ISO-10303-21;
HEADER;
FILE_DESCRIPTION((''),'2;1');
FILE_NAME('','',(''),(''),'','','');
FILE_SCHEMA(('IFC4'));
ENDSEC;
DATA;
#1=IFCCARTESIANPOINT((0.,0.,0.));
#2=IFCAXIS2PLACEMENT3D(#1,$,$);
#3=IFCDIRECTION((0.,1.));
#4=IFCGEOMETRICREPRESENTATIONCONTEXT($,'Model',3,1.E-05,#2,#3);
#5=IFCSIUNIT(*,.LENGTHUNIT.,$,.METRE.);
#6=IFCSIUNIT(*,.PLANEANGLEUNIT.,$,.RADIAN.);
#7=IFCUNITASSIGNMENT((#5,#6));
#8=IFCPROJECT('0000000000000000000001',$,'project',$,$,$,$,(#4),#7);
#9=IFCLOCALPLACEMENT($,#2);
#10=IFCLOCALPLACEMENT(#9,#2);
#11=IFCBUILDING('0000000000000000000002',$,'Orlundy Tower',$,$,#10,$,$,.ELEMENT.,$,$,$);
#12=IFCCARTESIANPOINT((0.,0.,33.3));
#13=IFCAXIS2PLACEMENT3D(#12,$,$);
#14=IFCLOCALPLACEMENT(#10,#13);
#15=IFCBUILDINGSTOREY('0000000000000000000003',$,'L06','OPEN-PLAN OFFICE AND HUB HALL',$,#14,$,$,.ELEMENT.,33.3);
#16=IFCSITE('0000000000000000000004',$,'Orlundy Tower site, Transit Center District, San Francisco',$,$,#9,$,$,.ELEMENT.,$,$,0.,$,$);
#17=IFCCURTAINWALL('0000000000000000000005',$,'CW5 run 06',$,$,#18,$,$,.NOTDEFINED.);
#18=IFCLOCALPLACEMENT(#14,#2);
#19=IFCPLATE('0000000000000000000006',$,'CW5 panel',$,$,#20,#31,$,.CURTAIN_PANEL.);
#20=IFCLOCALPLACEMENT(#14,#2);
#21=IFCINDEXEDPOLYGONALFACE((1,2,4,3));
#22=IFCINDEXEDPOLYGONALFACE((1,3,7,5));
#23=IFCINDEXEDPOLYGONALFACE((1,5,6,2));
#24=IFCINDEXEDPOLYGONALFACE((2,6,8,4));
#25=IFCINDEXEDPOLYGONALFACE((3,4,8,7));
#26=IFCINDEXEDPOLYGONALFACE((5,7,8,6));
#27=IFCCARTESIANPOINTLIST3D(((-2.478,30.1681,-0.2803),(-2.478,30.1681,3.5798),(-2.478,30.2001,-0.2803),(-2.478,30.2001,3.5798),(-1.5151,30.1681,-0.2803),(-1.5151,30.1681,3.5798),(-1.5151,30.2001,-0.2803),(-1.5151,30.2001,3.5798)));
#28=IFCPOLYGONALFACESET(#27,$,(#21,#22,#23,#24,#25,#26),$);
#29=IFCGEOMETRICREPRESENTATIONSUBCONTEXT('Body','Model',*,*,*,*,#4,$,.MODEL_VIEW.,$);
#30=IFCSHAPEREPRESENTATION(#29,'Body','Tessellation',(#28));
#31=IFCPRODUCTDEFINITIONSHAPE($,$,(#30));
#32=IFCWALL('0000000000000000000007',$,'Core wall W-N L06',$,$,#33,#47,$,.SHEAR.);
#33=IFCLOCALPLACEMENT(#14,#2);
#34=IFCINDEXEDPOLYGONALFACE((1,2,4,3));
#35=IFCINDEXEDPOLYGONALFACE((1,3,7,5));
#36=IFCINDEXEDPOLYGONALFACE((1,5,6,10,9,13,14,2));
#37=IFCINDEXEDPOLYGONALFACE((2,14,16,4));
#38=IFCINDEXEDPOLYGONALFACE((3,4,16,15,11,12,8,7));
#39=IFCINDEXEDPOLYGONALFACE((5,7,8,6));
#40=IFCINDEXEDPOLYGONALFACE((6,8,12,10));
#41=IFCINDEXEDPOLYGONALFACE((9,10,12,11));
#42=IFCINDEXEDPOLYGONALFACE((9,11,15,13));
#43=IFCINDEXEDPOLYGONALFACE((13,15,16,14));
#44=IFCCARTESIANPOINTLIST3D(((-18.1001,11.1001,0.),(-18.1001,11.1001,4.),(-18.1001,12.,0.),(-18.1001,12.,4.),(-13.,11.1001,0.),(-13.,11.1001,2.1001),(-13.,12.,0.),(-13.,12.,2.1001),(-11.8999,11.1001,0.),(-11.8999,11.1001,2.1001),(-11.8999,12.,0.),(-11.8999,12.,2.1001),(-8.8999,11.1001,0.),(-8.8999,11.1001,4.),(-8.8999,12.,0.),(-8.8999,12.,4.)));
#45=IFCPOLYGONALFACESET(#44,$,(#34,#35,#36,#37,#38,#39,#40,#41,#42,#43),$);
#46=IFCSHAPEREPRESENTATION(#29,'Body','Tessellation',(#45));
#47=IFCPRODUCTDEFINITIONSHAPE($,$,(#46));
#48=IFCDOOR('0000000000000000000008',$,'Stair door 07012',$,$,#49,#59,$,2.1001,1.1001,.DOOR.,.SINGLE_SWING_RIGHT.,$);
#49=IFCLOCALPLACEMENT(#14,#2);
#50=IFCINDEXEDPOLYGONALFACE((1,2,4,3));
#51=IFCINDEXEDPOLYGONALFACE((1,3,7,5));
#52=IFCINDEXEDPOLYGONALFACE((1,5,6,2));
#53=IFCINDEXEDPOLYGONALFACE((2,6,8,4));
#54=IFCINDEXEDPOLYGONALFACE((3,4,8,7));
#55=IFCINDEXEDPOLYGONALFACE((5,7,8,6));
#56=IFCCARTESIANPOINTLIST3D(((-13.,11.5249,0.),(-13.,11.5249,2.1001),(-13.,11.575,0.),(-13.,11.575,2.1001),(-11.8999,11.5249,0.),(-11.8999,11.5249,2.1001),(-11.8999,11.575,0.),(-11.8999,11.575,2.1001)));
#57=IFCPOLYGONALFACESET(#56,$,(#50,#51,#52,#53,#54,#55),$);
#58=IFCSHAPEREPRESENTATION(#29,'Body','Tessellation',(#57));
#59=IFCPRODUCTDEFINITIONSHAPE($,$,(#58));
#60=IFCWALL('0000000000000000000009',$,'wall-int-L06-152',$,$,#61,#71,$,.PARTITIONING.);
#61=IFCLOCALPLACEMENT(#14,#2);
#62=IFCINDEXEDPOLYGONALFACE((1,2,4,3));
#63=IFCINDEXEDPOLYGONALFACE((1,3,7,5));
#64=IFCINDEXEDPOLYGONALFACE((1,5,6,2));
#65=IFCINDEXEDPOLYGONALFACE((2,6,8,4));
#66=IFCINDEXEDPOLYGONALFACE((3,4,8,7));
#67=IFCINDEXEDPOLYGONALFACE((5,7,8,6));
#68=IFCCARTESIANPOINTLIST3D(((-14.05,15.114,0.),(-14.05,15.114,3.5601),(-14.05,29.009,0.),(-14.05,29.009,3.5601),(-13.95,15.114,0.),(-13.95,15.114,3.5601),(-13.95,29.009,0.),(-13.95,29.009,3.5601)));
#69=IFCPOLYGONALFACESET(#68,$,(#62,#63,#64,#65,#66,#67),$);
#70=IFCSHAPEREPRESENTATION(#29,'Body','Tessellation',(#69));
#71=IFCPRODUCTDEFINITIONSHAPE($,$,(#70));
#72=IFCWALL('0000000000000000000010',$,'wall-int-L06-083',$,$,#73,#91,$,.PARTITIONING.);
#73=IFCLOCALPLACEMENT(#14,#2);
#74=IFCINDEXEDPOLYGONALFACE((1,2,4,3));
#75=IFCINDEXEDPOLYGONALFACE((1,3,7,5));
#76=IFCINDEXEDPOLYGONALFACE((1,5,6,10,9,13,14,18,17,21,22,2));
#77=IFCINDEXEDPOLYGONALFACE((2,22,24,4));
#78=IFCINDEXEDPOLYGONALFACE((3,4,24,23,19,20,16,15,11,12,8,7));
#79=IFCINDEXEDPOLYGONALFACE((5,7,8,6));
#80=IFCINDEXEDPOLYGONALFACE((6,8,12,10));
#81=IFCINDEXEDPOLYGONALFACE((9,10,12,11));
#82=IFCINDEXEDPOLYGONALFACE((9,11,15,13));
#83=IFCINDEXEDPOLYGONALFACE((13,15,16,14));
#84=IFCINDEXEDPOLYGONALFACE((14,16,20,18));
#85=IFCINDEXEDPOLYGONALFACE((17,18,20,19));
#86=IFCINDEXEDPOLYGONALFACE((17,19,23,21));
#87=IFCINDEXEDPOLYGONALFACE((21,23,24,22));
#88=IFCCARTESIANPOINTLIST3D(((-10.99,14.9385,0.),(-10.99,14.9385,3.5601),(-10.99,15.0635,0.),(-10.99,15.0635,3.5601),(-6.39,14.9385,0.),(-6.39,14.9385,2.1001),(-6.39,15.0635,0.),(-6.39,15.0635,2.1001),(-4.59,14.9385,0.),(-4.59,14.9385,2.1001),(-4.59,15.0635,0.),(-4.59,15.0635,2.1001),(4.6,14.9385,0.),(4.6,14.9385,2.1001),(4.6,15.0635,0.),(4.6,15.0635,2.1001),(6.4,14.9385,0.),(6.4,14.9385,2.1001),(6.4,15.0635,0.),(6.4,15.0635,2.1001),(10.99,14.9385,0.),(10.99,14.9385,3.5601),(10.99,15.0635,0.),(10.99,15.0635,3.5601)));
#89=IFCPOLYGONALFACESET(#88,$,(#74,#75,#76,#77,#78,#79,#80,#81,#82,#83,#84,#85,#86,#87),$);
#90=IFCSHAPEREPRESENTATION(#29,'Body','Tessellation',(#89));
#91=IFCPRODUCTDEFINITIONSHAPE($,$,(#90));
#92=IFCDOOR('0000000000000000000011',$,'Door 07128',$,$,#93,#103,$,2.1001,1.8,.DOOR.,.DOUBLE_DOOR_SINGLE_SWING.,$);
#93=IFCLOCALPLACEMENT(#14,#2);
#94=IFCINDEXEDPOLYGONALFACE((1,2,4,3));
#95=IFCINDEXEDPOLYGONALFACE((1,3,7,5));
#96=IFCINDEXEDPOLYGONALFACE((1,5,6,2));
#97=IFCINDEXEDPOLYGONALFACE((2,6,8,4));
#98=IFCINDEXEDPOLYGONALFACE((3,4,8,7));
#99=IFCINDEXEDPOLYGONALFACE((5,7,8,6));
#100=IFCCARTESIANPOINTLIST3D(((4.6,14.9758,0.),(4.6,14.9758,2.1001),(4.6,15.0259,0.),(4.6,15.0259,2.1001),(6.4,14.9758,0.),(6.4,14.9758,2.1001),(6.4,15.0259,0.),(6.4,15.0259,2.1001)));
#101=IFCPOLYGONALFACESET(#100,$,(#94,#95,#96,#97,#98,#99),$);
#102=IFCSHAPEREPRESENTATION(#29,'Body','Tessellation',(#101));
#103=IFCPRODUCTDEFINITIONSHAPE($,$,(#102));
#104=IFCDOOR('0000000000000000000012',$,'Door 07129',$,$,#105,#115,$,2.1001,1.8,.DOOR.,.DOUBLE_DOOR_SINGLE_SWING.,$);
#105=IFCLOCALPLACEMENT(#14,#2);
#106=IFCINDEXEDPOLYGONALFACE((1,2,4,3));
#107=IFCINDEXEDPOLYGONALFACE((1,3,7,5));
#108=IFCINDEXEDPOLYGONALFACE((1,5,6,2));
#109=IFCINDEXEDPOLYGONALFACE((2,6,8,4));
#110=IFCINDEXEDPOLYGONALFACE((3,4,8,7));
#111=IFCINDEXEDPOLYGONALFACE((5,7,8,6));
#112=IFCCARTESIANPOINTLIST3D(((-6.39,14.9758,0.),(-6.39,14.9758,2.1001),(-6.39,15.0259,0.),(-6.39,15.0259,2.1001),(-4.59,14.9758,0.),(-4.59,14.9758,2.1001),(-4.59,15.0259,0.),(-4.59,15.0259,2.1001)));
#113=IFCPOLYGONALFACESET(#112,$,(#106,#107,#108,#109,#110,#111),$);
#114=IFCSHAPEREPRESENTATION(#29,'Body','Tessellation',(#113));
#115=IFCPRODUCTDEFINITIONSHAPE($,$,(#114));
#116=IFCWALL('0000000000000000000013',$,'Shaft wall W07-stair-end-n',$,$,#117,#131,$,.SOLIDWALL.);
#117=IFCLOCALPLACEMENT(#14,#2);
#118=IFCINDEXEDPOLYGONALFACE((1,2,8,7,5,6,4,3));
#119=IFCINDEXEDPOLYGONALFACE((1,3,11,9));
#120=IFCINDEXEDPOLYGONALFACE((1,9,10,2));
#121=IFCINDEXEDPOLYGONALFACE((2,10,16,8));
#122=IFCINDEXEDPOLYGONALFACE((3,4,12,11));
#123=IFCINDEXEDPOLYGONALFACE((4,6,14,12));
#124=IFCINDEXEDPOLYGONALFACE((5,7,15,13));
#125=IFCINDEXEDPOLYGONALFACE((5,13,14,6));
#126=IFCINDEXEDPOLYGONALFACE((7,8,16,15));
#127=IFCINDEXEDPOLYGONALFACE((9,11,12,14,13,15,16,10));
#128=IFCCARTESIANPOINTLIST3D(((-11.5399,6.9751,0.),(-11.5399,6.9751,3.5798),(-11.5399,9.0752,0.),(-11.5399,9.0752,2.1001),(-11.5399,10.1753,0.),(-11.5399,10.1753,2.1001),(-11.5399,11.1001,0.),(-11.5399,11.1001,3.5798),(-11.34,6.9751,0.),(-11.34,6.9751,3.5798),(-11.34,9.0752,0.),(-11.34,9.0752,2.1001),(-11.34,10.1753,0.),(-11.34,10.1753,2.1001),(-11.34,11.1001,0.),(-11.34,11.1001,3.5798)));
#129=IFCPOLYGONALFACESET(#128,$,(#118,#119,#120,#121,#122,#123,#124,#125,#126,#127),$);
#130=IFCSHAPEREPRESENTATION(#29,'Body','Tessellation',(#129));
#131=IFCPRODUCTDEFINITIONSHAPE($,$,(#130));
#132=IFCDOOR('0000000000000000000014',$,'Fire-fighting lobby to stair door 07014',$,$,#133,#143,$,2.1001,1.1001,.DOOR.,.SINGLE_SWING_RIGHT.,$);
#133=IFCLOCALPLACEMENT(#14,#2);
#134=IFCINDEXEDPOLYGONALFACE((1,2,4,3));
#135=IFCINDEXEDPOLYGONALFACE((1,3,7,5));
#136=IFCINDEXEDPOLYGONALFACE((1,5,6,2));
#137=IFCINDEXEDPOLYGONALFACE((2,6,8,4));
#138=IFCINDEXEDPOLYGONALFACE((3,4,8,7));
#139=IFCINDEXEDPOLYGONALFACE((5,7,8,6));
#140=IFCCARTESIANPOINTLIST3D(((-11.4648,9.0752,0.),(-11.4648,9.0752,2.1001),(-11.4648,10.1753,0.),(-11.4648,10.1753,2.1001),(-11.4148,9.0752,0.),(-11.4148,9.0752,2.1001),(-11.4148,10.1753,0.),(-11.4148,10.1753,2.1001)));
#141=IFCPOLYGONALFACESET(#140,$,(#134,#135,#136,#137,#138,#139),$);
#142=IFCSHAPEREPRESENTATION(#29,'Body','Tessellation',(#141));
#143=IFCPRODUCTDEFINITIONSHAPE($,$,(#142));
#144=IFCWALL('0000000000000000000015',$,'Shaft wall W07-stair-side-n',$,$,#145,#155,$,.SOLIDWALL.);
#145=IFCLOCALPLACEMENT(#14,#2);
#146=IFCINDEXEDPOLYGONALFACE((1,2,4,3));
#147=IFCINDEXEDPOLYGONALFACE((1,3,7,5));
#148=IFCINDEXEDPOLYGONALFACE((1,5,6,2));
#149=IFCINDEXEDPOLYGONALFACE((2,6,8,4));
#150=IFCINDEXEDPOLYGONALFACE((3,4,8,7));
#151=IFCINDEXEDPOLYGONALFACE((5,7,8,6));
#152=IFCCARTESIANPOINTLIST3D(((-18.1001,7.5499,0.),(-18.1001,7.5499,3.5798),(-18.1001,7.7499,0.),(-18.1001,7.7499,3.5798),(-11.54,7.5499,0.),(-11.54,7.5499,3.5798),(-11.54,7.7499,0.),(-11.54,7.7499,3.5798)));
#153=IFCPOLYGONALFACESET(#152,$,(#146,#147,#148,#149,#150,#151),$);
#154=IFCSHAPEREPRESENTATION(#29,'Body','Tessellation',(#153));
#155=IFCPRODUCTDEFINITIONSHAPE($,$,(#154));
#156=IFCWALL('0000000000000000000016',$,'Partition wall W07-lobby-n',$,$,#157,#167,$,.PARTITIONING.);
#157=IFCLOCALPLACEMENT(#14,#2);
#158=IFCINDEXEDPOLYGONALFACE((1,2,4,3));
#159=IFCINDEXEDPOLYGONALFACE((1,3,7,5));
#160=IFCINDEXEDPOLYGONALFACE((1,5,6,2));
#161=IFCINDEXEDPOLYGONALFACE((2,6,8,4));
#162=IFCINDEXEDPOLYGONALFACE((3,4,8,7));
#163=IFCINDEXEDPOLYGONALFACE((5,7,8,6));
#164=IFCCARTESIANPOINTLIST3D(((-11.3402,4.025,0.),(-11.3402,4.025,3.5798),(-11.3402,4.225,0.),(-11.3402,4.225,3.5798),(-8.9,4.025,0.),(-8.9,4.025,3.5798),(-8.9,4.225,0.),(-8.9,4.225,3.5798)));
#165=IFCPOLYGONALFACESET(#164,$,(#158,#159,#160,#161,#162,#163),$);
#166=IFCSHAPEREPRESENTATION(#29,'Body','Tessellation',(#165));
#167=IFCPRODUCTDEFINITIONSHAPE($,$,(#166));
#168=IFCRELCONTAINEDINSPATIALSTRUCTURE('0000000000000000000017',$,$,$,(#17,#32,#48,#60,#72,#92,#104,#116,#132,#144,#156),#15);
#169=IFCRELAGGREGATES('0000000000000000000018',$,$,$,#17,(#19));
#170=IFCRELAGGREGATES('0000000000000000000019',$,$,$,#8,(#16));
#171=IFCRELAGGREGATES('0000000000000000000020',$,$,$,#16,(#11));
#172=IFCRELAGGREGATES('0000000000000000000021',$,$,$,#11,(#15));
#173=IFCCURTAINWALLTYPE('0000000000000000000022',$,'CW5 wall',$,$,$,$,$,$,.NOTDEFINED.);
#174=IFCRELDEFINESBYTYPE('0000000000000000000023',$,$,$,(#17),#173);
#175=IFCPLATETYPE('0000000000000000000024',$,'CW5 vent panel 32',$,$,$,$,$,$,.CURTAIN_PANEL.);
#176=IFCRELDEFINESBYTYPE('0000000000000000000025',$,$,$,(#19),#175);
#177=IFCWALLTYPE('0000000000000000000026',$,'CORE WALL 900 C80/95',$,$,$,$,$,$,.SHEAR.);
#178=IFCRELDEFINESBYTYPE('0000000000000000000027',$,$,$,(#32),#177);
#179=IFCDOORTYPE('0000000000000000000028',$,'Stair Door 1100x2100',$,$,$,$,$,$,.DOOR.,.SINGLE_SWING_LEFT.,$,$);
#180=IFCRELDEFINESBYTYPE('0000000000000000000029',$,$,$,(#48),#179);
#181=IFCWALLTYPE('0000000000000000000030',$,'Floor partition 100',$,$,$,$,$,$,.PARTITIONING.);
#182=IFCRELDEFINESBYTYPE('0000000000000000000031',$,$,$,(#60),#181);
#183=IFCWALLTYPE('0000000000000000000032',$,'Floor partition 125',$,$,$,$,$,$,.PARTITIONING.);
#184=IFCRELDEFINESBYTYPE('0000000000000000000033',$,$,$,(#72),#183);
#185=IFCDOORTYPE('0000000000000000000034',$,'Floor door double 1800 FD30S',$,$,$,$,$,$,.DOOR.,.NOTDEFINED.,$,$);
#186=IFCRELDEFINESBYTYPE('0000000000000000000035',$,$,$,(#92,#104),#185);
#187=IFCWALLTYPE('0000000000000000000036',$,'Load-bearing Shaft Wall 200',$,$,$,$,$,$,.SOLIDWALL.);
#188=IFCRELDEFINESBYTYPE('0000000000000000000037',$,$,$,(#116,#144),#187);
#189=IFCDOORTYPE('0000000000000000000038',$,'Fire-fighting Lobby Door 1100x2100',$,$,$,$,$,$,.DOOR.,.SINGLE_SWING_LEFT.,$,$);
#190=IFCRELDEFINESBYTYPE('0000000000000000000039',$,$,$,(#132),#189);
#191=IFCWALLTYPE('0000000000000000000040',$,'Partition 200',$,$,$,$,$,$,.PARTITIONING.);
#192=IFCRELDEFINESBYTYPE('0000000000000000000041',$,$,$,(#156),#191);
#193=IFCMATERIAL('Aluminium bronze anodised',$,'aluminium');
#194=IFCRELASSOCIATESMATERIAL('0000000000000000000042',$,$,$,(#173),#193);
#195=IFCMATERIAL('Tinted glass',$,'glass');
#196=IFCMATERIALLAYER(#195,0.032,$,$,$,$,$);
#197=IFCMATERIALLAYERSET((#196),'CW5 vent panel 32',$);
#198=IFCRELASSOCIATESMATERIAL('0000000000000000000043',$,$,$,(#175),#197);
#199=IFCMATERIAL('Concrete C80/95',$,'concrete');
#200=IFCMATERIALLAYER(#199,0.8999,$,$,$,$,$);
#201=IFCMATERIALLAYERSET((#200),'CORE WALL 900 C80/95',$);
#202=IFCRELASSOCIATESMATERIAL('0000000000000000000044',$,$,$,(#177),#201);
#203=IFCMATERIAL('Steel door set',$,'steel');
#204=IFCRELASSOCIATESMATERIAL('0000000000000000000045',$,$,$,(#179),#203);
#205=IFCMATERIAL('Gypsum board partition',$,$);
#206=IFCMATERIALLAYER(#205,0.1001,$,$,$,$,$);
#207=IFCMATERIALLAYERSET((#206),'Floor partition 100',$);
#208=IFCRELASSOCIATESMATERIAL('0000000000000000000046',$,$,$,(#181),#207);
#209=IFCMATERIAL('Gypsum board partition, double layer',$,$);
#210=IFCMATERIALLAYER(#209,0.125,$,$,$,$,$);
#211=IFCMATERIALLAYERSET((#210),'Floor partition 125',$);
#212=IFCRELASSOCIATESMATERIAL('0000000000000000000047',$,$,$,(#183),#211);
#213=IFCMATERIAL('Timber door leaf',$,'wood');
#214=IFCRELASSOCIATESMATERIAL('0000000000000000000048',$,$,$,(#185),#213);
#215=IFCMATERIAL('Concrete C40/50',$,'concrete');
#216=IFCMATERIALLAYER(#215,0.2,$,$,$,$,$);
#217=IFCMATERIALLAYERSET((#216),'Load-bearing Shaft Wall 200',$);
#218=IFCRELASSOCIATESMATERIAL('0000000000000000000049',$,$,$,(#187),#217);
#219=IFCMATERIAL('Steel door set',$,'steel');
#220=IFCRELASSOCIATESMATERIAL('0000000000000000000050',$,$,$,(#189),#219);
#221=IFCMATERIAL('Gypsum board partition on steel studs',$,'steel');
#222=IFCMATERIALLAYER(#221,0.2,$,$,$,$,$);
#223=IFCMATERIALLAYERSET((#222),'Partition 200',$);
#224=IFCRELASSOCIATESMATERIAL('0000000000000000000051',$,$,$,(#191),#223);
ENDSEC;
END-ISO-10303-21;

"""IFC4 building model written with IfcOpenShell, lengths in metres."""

from ifc_helpers import new_model, si_unit, direction, frame, frame_2d, origin, origin_2d, place, context, subcontext, project, spatial, rectangle, extrude, material, layer, layer_set, type_object, element, fill, aggregate, save


model = new_model("IFC4")

# Units and contexts
model_context = context("Model", 3, precision=1e-05, world=origin(), true_north=direction((0.0, 1.0)))
body_context = subcontext(model_context, "Body", "Model", "MODEL_VIEW")
ifc_project = project(units=[si_unit("LENGTHUNIT", "METRE"), si_unit("PLANEANGLEUNIT", "RADIAN")], contexts=[model_context])

# Site, building, storey
site_placement = place(None, origin())
site = spatial("IfcSite", under=ifc_project, at=site_placement, Name="Orlundy Tower site, Transit Center District, San Francisco", CompositionType="ELEMENT", RefElevation=0.0)
building_placement = place(site_placement, origin())
building = spatial("IfcBuilding", under=site, at=building_placement, Name="Orlundy Tower", CompositionType="ELEMENT")
storey_placement = place(building_placement, frame((0.0, 0.0, 33.3)))
storey = spatial("IfcBuildingStorey", under=building, at=storey_placement, Name="L06", Description="OPEN-PLAN OFFICE AND HUB HALL", CompositionType="ELEMENT", Elevation=33.3)

# Shared definitions
ifc_material_1 = material(Name="Aluminium bronze anodised", Category="aluminium")
curtain_wall_type = type_object("IfcCurtainWallType", Name="CW5 wall", PredefinedType="NOTDEFINED", material=ifc_material_1)

# Curtain wall
curtain_wall_1_placement = place(storey_placement, origin())
curtain_wall_1 = element("IfcCurtainWall", 1, at=curtain_wall_1_placement, inside=storey, type_object=curtain_wall_type, Name="CW5 run 06", PredefinedType="NOTDEFINED")

# Plate
ifc_material_2 = material(Name="Tinted glass", Category="glass")
ifc_layer_1 = layer(ifc_material_2, 0.032)
ifc_layer_set_1 = layer_set([ifc_layer_1], Name="CW5 vent panel 32")
plate_type_1 = type_object("IfcPlateType", Name="CW5 vent panel 32", PredefinedType="CURTAIN_PANEL", material=ifc_layer_set_1)
plate_1_placement = place(storey_placement, frame((-1.9966, 30.1841, -0.2803), z_axis=(0.0, 0.0, 1.0), x_axis=(1.0, 0.0, 0.0)))
plate_1 = element("IfcPlate", 2, at=plate_1_placement, type_object=plate_type_1, Name="CW5 panel", PredefinedType="CURTAIN_PANEL", context=body_context, shape_type="SweptSolid", body=[
    extrude(rectangle(XDim=0.9629, YDim=0.032, at=origin_2d()), origin(), (0.0, 0.0, 1.0), 3.8601),
])
aggregate(curtain_wall_1, [plate_1])

# Wall, opening, door
ifc_material_3 = material(Name="Concrete C80/95", Category="concrete")
ifc_layer_2 = layer(ifc_material_3, 0.8999)
ifc_layer_set_2 = layer_set([ifc_layer_2], Name="CORE WALL 900 C80/95")
wall_type_1 = type_object("IfcWallType", Name="CORE WALL 900 C80/95", PredefinedType="SHEAR", material=ifc_layer_set_2)
wall_1_placement = place(storey_placement, frame((-18.1001, 11.55, 0.0), z_axis=(0.0, 0.0, 1.0), x_axis=(1.0, 0.0, 0.0)))
wall_1 = element("IfcWall", 3, at=wall_1_placement, inside=storey, type_object=wall_type_1, Name="Core wall W-N L06", PredefinedType="SHEAR", context=body_context, shape_type="SweptSolid", body=[
    extrude(rectangle(XDim=9.2002, YDim=0.8999, at=frame_2d((4.6001, 0.0))), origin(), (0.0, 0.0, 1.0), 4.0),
])
opening_1_placement = place(wall_1_placement, frame((5.1001, 0.0, 0.0)))
opening_1 = element("IfcOpeningElement", 4, at=opening_1_placement, cuts=wall_1, PredefinedType="OPENING", context=body_context, shape_type="SweptSolid", body=[
    extrude(rectangle(XDim=1.1001, YDim=2.1001, at=frame_2d((0.55, 1.05))), frame((0.0, 0.46, 0.0), z_axis=(0.0, -1.0, 0.0), x_axis=(1.0, 0.0, 0.0)), (0.0, 0.0, 1.0), 0.9199),
])
ifc_material_4 = material(Name="Steel door set", Category="steel")
door_type_1 = type_object("IfcDoorType", Name="Stair Door 1100x2100", OperationType="SINGLE_SWING_LEFT", PredefinedType="DOOR", material=ifc_material_4)
door_1_placement = place(opening_1_placement, origin())
door_1 = element("IfcDoor", 5, at=door_1_placement, inside=storey, type_object=door_type_1, Name="Stair door 07012", OperationType="SINGLE_SWING_RIGHT", OverallHeight=2.1001, OverallWidth=1.1001, PredefinedType="DOOR", context=body_context, shape_type="SweptSolid", body=[
    extrude(rectangle(XDim=1.1001, YDim=2.1001, at=frame_2d((0.55, 1.05))), frame((0.0, 0.0249, 0.0), z_axis=(0.0, -1.0, 0.0), x_axis=(1.0, 0.0, 0.0)), (0.0, 0.0, 1.0), 0.05),
])
fill(opening_1, door_1)

# Wall
ifc_material_5 = material(Name="Gypsum board partition")
ifc_layer_3 = layer(ifc_material_5, 0.1001)
ifc_layer_set_3 = layer_set([ifc_layer_3], Name="Floor partition 100")
wall_type_2 = type_object("IfcWallType", Name="Floor partition 100", PredefinedType="PARTITIONING", material=ifc_layer_set_3)
wall_2_placement = place(storey_placement, frame((-14.0, 15.114, 0.0), z_axis=(0.0, 0.0, 1.0), x_axis=(0.0, 1.0, 0.0)))
element("IfcWall", 6, at=wall_2_placement, inside=storey, type_object=wall_type_2, Name="wall-int-L06-152", PredefinedType="PARTITIONING", context=body_context, shape_type="SweptSolid", body=[
    extrude(rectangle(XDim=13.895, YDim=0.1001, at=frame_2d((6.9475, 0.0))), origin(), (0.0, 0.0, 1.0), 3.5601),
])

# Wall, openings, doors
ifc_material_6 = material(Name="Gypsum board partition, double layer")
ifc_layer_4 = layer(ifc_material_6, 0.125)
ifc_layer_set_4 = layer_set([ifc_layer_4], Name="Floor partition 125")
wall_type_3 = type_object("IfcWallType", Name="Floor partition 125", PredefinedType="PARTITIONING", material=ifc_layer_set_4)
wall_3_placement = place(storey_placement, frame((-10.99, 15.001, 0.0), z_axis=(0.0, 0.0, 1.0), x_axis=(1.0, 0.0, 0.0)))
wall_3 = element("IfcWall", 7, at=wall_3_placement, inside=storey, type_object=wall_type_3, Name="wall-int-L06-083", PredefinedType="PARTITIONING", context=body_context, shape_type="SweptSolid", body=[
    extrude(rectangle(XDim=21.98, YDim=0.125, at=frame_2d((10.99, 0.0))), origin(), (0.0, 0.0, 1.0), 3.5601),
])
opening_2_placement = place(wall_3_placement, frame((15.5901, 0.0, 0.0)))
opening_2 = element("IfcOpeningElement", 8, at=opening_2_placement, cuts=wall_3, PredefinedType="OPENING", context=body_context, shape_type="SweptSolid", body=[
    extrude(rectangle(XDim=1.8, YDim=2.1001, at=frame_2d((0.8999, 1.05))), frame((0.0, 0.0725, 0.0), z_axis=(0.0, -1.0, 0.0), x_axis=(1.0, 0.0, 0.0)), (0.0, 0.0, 1.0), 0.145),
])
opening_3_placement = place(wall_3_placement, frame((4.6001, 0.0, 0.0)))
opening_3 = element("IfcOpeningElement", 9, at=opening_3_placement, cuts=wall_3, PredefinedType="OPENING", context=body_context, shape_type="SweptSolid", body=[
    extrude(rectangle(XDim=1.8, YDim=2.1001, at=frame_2d((0.8999, 1.05))), frame((0.0, 0.0725, 0.0), z_axis=(0.0, -1.0, 0.0), x_axis=(1.0, 0.0, 0.0)), (0.0, 0.0, 1.0), 0.145),
])
ifc_material_7 = material(Name="Timber door leaf", Category="wood")
door_type_2 = type_object("IfcDoorType", Name="Floor door double 1800 FD30S", OperationType="NOTDEFINED", PredefinedType="DOOR", material=ifc_material_7)
door_2_placement = place(opening_2_placement, origin())
door_2 = element("IfcDoor", 10, at=door_2_placement, inside=storey, type_object=door_type_2, Name="Door 07128", OperationType="DOUBLE_DOOR_SINGLE_SWING", OverallHeight=2.1001, OverallWidth=1.8, PredefinedType="DOOR", context=body_context, shape_type="SweptSolid", body=[
    extrude(rectangle(XDim=1.8, YDim=2.1001, at=frame_2d((0.8999, 1.05))), frame((0.0, 0.0249, 0.0), z_axis=(0.0, -1.0, 0.0), x_axis=(1.0, 0.0, 0.0)), (0.0, 0.0, 1.0), 0.05),
])
fill(opening_2, door_2)
door_3_placement = place(opening_3_placement, origin())
door_3 = element("IfcDoor", 11, at=door_3_placement, inside=storey, type_object=door_type_2, Name="Door 07129", OperationType="DOUBLE_DOOR_SINGLE_SWING", OverallHeight=2.1001, OverallWidth=1.8, PredefinedType="DOOR", context=body_context, shape_type="SweptSolid", body=[
    extrude(rectangle(XDim=1.8, YDim=2.1001, at=frame_2d((0.8999, 1.05))), frame((0.0, 0.0249, 0.0), z_axis=(0.0, -1.0, 0.0), x_axis=(1.0, 0.0, 0.0)), (0.0, 0.0, 1.0), 0.05),
])
fill(opening_3, door_3)

# Wall, opening, door
ifc_material_8 = material(Name="Concrete C40/50", Category="concrete")
ifc_layer_5 = layer(ifc_material_8, 0.2)
ifc_layer_set_5 = layer_set([ifc_layer_5], Name="Load-bearing Shaft Wall 200")
wall_type_4 = type_object("IfcWallType", Name="Load-bearing Shaft Wall 200", PredefinedType="SOLIDWALL", material=ifc_layer_set_5)
wall_4_placement = place(storey_placement, frame((-11.4399, 6.9751, 0.0), z_axis=(0.0, 0.0, 1.0), x_axis=(0.0, 1.0, 0.0)))
wall_4 = element("IfcWall", 12, at=wall_4_placement, inside=storey, type_object=wall_type_4, Name="Shaft wall W07-stair-end-n", PredefinedType="SOLIDWALL", context=body_context, shape_type="SweptSolid", body=[
    extrude(rectangle(XDim=4.125, YDim=0.2, at=frame_2d((2.0625, 0.0))), origin(), (0.0, 0.0, 1.0), 3.5798),
])
opening_4_placement = place(wall_4_placement, frame((2.1001, 0.0, 0.0)))
opening_4 = element("IfcOpeningElement", 13, at=opening_4_placement, cuts=wall_4, PredefinedType="OPENING", context=body_context, shape_type="SweptSolid", body=[
    extrude(rectangle(XDim=1.1001, YDim=2.1001, at=frame_2d((0.55, 1.05))), frame((0.0, 0.1101, 0.0), z_axis=(0.0, -1.0, 0.0), x_axis=(1.0, 0.0, 0.0)), (0.0, 0.0, 1.0), 0.2202),
])
ifc_material_9 = material(Name="Steel door set", Category="steel")
door_type_3 = type_object("IfcDoorType", Name="Fire-fighting Lobby Door 1100x2100", OperationType="SINGLE_SWING_LEFT", PredefinedType="DOOR", material=ifc_material_9)
door_4_placement = place(opening_4_placement, origin())
door_4 = element("IfcDoor", 14, at=door_4_placement, inside=storey, type_object=door_type_3, Name="Fire-fighting lobby to stair door 07014", OperationType="SINGLE_SWING_RIGHT", OverallHeight=2.1001, OverallWidth=1.1001, PredefinedType="DOOR", context=body_context, shape_type="SweptSolid", body=[
    extrude(rectangle(XDim=1.1001, YDim=2.1001, at=frame_2d((0.55, 1.05))), frame((0.0, 0.0249, 0.0), z_axis=(0.0, -1.0, 0.0), x_axis=(1.0, 0.0, 0.0)), (0.0, 0.0, 1.0), 0.05),
])
fill(opening_4, door_4)

# Walls
wall_5_placement = place(storey_placement, frame((-11.54, 7.6499, 0.0), z_axis=(0.0, 0.0, 1.0), x_axis=(-1.0, 0.0, 0.0)))
element("IfcWall", 15, at=wall_5_placement, inside=storey, type_object=wall_type_4, Name="Shaft wall W07-stair-side-n", PredefinedType="SOLIDWALL", context=body_context, shape_type="SweptSolid", body=[
    extrude(rectangle(XDim=6.5601, YDim=0.2, at=frame_2d((3.28, 0.0))), origin(), (0.0, 0.0, 1.0), 3.5798),
])
ifc_material_10 = material(Name="Gypsum board partition on steel studs", Category="steel")
ifc_layer_6 = layer(ifc_material_10, 0.2)
ifc_layer_set_6 = layer_set([ifc_layer_6], Name="Partition 200")
wall_type_5 = type_object("IfcWallType", Name="Partition 200", PredefinedType="PARTITIONING", material=ifc_layer_set_6)
wall_6_placement = place(storey_placement, frame((-8.8999, 4.125, 0.0), z_axis=(0.0, 0.0, 1.0), x_axis=(-1.0, 0.0, 0.0)))
element("IfcWall", 16, at=wall_6_placement, inside=storey, type_object=wall_type_5, Name="Partition wall W07-lobby-n", PredefinedType="PARTITIONING", context=body_context, shape_type="SweptSolid", body=[
    extrude(rectangle(XDim=2.4402, YDim=0.2, at=frame_2d((1.2202, 0.0))), origin(), (0.0, 0.0, 1.0), 3.5798),
])

save(model, "model.ifc")
